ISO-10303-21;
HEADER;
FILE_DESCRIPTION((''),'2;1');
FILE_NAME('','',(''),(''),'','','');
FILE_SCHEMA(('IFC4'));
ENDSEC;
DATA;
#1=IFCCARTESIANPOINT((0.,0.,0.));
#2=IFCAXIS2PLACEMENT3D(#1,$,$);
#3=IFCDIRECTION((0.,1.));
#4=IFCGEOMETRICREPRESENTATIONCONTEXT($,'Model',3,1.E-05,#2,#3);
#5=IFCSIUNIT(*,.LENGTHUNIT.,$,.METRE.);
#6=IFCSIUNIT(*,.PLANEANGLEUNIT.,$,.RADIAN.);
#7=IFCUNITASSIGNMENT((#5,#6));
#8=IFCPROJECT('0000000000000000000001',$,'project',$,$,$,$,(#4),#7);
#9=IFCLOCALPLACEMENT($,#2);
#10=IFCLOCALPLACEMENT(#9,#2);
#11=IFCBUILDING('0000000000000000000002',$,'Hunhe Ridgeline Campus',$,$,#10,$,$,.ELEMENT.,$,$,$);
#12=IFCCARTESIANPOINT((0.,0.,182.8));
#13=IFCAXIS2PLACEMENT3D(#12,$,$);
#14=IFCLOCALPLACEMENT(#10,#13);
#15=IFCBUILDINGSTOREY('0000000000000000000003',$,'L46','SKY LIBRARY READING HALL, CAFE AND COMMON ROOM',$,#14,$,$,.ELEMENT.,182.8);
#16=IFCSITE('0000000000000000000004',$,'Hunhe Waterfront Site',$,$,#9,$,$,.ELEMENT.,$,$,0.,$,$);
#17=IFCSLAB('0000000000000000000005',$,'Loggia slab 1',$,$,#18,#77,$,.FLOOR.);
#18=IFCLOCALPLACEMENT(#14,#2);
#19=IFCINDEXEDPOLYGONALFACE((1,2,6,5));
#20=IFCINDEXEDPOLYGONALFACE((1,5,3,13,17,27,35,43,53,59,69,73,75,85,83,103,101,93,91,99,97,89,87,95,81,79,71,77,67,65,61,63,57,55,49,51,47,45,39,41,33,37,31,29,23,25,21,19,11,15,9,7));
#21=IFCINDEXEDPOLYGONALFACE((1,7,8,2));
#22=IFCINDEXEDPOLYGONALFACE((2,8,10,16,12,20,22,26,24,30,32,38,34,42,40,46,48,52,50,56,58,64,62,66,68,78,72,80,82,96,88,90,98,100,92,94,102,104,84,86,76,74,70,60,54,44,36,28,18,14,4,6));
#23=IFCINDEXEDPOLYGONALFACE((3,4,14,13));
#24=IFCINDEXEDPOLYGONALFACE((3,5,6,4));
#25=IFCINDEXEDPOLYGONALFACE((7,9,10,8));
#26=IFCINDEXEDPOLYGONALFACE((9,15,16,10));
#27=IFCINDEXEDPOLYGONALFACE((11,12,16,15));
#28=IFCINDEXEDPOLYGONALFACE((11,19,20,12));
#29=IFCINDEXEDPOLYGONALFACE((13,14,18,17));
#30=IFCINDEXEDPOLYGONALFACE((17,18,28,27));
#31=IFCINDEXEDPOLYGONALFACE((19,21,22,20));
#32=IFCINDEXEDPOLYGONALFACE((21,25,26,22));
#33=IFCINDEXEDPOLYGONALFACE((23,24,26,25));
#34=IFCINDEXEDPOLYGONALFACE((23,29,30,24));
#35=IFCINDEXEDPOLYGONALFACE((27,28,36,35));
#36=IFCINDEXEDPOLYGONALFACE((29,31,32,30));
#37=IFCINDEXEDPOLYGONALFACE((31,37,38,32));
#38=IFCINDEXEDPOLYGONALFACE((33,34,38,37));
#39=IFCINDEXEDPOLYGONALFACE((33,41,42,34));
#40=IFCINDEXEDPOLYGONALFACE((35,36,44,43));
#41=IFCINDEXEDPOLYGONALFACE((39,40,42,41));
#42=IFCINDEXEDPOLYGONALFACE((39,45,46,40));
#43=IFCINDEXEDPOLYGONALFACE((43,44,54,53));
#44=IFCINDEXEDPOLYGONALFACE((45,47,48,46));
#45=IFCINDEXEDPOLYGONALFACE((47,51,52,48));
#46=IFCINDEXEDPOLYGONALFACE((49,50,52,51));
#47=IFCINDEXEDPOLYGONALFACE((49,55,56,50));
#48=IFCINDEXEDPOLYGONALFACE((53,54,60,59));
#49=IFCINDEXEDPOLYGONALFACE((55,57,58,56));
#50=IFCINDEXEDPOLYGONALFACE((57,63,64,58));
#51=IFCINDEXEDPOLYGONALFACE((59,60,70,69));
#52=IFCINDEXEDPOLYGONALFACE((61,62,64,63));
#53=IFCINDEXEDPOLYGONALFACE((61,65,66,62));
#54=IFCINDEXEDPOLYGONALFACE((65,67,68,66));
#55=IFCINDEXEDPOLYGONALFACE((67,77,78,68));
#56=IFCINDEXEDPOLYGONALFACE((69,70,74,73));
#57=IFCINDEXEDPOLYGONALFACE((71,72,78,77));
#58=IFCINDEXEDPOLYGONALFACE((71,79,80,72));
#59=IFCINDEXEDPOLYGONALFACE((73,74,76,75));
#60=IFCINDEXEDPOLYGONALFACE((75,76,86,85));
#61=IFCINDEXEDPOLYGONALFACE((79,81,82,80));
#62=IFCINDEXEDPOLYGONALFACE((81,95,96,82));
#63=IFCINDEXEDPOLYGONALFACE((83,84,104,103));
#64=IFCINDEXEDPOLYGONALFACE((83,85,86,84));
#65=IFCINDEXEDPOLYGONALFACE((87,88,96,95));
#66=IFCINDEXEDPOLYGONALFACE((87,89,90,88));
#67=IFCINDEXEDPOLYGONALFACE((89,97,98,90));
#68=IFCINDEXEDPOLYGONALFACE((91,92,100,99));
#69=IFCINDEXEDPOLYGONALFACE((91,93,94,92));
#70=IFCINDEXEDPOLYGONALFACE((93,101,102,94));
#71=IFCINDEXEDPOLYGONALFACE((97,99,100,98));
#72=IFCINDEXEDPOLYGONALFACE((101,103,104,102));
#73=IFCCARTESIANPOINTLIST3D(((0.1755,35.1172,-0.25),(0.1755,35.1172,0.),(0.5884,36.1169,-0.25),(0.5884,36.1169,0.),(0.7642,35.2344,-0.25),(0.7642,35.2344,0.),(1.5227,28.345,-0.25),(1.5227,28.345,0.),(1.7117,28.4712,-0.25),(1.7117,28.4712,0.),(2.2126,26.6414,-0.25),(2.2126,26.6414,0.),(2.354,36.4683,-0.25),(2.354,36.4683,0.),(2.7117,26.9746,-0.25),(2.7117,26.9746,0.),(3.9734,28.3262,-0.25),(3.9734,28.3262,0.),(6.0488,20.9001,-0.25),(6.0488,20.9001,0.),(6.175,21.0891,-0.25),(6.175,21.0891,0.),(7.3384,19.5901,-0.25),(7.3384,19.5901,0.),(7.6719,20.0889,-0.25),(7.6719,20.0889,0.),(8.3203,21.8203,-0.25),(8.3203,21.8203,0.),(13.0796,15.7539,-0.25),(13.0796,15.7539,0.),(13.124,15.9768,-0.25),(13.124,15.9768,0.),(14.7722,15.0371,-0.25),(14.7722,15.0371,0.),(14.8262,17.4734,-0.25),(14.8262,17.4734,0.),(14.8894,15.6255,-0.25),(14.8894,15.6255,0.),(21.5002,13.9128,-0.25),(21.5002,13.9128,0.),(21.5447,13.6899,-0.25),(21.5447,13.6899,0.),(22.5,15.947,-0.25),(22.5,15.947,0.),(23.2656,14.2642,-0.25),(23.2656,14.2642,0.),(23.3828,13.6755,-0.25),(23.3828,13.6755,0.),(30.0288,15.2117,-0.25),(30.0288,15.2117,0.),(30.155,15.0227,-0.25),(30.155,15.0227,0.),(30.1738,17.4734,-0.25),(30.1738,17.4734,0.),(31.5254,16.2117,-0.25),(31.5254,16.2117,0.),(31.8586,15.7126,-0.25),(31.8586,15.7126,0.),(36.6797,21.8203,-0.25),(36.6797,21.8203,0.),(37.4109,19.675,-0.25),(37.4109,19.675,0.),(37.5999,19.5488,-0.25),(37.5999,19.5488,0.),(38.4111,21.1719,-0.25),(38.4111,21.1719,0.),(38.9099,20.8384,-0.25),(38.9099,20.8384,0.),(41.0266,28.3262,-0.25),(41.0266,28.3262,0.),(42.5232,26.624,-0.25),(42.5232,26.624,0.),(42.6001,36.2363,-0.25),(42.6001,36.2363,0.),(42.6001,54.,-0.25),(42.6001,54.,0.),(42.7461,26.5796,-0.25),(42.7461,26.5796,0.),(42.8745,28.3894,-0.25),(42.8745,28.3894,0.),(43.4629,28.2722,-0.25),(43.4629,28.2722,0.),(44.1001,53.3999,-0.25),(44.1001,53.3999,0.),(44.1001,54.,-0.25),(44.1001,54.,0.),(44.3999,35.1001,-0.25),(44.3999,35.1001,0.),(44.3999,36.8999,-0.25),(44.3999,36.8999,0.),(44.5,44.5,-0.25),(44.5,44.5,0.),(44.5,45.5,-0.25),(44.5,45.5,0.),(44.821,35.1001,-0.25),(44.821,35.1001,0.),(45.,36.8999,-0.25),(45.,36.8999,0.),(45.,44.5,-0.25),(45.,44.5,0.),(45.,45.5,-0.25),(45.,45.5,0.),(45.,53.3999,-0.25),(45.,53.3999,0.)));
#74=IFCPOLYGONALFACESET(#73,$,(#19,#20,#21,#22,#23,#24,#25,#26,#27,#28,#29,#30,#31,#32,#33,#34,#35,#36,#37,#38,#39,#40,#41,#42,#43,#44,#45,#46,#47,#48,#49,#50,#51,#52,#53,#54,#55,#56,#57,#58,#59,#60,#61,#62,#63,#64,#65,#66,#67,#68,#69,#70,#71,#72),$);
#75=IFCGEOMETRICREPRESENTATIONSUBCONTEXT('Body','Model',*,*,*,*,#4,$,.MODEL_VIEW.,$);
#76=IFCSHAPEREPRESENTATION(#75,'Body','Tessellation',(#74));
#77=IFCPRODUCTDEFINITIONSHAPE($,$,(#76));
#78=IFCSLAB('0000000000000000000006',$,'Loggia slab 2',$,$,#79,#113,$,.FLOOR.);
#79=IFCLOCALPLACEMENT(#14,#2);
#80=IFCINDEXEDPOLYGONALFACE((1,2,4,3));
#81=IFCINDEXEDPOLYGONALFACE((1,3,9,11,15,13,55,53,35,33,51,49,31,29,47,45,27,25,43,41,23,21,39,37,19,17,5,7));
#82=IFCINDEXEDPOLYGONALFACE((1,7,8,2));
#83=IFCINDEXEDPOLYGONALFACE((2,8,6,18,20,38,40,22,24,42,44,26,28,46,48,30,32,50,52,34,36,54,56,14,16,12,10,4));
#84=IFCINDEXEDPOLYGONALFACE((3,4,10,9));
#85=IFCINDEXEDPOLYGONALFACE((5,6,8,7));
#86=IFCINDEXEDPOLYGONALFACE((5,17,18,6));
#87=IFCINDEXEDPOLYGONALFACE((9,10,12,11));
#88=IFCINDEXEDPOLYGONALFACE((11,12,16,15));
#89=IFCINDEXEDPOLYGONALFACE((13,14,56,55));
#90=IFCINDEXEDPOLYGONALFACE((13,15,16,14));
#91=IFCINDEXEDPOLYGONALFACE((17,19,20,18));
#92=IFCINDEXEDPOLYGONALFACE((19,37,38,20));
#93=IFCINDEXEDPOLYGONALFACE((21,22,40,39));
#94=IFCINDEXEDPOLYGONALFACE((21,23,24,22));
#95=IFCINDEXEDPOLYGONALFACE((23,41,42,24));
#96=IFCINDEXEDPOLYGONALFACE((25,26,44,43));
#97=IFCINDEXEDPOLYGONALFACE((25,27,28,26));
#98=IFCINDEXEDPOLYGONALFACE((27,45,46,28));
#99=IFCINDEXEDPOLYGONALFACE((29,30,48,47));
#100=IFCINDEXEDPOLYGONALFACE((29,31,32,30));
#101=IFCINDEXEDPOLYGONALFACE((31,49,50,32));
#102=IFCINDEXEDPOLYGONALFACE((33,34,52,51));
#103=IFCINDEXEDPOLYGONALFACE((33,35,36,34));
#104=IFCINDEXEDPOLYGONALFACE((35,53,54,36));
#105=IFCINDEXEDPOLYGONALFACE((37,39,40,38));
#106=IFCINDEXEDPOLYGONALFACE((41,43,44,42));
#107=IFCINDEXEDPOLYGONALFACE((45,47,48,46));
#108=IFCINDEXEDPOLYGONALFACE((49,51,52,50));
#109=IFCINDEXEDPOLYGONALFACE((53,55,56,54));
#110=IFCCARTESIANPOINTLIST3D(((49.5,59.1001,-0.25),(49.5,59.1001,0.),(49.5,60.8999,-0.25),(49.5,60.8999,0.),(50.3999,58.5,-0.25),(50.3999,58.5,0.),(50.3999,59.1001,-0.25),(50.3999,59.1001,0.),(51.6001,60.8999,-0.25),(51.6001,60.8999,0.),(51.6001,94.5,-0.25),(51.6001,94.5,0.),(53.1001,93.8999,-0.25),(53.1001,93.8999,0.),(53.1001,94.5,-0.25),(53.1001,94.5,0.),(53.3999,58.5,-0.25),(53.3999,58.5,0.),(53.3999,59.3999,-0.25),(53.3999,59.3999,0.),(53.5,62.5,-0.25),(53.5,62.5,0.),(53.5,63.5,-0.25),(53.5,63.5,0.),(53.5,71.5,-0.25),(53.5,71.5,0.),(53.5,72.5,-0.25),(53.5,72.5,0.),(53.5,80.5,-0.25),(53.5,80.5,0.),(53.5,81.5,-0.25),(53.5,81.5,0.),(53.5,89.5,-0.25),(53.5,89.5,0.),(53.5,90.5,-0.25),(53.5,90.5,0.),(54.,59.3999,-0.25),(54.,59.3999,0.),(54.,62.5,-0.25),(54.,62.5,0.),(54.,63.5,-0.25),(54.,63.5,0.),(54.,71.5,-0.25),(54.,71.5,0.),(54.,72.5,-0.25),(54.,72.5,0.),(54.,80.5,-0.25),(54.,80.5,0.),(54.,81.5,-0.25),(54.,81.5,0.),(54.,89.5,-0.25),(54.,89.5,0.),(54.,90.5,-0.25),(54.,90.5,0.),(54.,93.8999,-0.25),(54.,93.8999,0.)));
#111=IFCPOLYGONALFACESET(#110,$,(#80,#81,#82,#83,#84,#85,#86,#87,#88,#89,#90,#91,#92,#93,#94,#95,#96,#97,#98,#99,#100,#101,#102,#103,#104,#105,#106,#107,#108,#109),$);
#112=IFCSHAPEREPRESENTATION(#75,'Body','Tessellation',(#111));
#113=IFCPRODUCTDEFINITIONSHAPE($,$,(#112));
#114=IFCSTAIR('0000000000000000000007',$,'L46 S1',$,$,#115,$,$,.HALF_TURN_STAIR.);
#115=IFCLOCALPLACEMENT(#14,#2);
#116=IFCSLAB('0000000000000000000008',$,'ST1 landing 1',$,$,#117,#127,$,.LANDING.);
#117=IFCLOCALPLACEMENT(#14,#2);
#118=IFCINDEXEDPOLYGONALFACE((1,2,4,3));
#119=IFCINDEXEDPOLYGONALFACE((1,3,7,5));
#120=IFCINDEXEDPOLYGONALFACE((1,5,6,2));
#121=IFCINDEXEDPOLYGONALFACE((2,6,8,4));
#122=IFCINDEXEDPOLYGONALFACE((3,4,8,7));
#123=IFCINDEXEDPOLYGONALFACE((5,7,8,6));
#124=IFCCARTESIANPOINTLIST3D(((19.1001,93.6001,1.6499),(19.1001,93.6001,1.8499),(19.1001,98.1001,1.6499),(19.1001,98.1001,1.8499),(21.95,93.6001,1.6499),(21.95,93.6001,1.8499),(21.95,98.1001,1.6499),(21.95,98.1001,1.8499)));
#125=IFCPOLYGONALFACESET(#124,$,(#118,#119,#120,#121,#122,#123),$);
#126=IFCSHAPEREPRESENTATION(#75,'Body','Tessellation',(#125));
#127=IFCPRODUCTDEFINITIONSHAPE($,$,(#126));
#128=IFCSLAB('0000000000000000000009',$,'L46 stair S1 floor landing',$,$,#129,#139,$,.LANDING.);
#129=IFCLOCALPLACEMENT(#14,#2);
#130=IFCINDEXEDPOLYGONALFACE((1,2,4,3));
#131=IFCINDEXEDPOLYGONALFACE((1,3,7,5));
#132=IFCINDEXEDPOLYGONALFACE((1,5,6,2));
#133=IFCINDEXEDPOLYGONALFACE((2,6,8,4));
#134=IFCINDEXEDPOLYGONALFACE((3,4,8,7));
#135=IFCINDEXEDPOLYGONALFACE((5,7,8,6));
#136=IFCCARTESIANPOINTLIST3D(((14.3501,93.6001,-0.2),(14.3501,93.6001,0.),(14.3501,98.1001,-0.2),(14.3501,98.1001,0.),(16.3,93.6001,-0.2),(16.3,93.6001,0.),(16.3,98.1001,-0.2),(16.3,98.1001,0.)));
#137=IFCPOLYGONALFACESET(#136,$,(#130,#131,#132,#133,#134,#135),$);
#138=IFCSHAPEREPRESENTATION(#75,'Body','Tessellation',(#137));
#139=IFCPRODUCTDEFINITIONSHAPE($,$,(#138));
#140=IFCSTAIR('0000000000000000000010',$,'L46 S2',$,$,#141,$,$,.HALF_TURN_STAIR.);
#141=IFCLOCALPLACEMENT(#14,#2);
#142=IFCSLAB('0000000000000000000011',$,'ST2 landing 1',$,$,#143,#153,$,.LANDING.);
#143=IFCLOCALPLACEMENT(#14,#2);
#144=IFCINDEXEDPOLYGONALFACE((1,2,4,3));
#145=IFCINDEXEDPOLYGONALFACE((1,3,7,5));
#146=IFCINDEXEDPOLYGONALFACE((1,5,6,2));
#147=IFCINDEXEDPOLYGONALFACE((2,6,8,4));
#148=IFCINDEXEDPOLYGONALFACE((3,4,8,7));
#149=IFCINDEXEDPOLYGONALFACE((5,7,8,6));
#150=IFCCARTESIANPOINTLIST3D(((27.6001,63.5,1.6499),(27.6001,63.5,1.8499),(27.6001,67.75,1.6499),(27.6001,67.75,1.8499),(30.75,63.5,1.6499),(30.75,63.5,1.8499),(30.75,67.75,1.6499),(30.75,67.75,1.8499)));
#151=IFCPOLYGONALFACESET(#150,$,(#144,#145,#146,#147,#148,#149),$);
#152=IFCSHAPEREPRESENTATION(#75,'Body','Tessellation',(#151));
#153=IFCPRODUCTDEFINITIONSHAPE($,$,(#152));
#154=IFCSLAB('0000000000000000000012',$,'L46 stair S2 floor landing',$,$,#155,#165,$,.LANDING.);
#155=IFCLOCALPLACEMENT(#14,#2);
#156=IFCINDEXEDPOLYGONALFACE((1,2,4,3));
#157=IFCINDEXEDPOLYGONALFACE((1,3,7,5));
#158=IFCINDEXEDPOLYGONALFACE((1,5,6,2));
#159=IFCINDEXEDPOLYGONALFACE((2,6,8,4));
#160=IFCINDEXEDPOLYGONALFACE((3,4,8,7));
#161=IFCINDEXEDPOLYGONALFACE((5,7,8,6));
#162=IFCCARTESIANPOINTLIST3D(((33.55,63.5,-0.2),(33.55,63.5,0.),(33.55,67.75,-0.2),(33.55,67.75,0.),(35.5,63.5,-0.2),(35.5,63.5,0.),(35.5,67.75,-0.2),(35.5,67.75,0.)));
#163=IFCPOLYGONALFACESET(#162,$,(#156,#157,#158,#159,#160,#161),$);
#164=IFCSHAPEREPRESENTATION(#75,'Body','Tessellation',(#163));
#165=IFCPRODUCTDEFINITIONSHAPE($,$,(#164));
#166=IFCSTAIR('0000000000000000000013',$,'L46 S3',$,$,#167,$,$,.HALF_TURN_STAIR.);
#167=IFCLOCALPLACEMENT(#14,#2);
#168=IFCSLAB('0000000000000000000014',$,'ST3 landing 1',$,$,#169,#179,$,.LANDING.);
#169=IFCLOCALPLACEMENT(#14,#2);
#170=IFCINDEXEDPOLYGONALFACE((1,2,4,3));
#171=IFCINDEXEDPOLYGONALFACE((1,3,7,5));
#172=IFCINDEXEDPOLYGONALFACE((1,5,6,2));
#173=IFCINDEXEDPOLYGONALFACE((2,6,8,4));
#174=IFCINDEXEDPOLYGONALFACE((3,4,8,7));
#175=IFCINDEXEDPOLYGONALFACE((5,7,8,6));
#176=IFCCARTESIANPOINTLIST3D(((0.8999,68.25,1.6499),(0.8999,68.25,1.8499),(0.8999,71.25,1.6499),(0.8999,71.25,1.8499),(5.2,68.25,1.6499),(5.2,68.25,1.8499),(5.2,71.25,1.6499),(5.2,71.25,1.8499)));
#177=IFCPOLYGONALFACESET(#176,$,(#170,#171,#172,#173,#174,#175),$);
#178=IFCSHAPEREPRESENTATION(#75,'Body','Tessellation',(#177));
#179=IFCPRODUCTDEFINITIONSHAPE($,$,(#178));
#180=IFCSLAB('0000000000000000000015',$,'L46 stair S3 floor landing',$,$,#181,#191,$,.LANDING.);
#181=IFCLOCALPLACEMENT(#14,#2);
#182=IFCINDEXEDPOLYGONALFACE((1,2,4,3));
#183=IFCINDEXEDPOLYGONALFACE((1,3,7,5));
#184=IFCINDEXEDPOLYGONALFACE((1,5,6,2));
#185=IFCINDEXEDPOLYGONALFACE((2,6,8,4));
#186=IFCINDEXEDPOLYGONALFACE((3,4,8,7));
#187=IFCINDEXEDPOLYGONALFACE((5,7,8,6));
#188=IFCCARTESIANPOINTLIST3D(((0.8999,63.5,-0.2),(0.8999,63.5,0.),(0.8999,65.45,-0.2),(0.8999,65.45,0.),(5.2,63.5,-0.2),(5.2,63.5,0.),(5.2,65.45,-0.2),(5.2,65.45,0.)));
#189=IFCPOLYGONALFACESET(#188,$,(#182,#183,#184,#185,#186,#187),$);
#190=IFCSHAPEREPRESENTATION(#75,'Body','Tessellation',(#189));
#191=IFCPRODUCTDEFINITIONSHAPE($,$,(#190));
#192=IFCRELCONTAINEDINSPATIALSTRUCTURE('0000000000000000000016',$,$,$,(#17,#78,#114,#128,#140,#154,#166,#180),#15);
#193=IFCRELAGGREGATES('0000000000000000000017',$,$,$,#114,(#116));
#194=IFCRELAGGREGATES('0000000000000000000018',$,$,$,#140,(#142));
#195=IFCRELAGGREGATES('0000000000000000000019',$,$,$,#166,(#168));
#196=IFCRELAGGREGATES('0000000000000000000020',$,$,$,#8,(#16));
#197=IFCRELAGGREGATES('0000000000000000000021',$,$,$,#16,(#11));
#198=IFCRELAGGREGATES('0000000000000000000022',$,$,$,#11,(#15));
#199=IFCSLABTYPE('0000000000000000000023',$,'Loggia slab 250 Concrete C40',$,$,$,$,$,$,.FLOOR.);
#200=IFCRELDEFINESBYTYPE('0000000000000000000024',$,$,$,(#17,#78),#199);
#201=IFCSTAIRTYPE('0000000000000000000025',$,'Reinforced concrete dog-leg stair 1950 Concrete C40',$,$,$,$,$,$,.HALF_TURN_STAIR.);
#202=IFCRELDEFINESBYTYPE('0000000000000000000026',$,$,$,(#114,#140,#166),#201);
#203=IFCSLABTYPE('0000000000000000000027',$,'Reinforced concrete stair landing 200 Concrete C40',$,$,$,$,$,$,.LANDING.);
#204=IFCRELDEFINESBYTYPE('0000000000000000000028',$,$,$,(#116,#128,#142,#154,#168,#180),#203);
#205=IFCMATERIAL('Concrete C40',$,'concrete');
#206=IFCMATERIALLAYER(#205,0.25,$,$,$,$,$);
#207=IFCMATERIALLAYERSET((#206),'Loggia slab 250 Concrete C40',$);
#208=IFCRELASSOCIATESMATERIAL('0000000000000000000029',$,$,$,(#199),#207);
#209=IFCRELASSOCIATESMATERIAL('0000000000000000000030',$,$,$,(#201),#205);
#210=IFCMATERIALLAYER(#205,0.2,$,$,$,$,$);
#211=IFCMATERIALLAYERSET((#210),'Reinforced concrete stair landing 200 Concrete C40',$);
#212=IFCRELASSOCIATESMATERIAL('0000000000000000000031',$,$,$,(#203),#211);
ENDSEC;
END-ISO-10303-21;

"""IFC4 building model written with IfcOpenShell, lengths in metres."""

from ifc_helpers import new_model, si_unit, direction, frame, origin, place, context, subcontext, project, spatial, polyline, outline, extrude, material, layer, layer_set, type_object, element, aggregate, save


model = new_model("IFC4")

# Units and contexts
model_context = context("Model", 3, precision=1e-05, world=origin(), true_north=direction((0.0, 1.0)))
body_context = subcontext(model_context, "Body", "Model", "MODEL_VIEW")
ifc_project = project(units=[si_unit("LENGTHUNIT", "METRE"), si_unit("PLANEANGLEUNIT", "RADIAN")], contexts=[model_context])

# Site, building, storey
site_placement = place(None, origin())
site = spatial("IfcSite", under=ifc_project, at=site_placement, Name="Hunhe Waterfront Site", CompositionType="ELEMENT", RefElevation=0.0)
building_placement = place(site_placement, origin())
building = spatial("IfcBuilding", under=site, at=building_placement, Name="Hunhe Ridgeline Campus", CompositionType="ELEMENT")
storey_placement = place(building_placement, frame((0.0, 0.0, 182.8)))
storey = spatial("IfcBuildingStorey", under=building, at=storey_placement, Name="L46", Description="SKY LIBRARY READING HALL, CAFE AND COMMON ROOM", CompositionType="ELEMENT", Elevation=182.8)

# Slabs
ifc_material_1 = material(Name="Concrete C40", Category="concrete")
ifc_layer_1 = layer(ifc_material_1, 0.25)
ifc_layer_set_1 = layer_set([ifc_layer_1], Name="Loggia slab 250 Concrete C40")
slab_type_1 = type_object("IfcSlabType", Name="Loggia slab 250 Concrete C40", PredefinedType="FLOOR", material=ifc_layer_set_1)
slab_1_placement = place(storey_placement, frame((0.0, 0.0, -0.25)))
element("IfcSlab", 1, at=slab_1_placement, inside=storey, type_object=slab_type_1, Name="Loggia slab 1", PredefinedType="FLOOR", context=body_context, shape_type="SweptSolid", body=[
    extrude(outline(polyline([(30.1738, 17.4734), (22.5, 15.947), (14.8262, 17.4734), (8.3203, 21.8203), (3.9734, 28.3262), (2.354, 36.4683), (0.5884, 36.1169), (0.7642, 35.2344), (0.1755, 35.1172), (1.5227, 28.345), (1.7117, 28.4712), (2.7117, 26.9746), (2.2126, 26.6414), (6.0488, 20.9001), (6.175, 21.0891), (7.6719, 20.0889), (7.3384, 19.5901), (13.0796, 15.7539), (13.124, 15.9768), (14.8894, 15.6255), (14.7722, 15.0371), (21.5447, 13.6899), (21.5002, 13.9128), (23.2656, 14.2642), (23.3828, 13.6755), (30.155, 15.0227), (30.0288, 15.2117), (31.5254, 16.2117), (31.8586, 15.7126), (37.5999, 19.5488), (37.4109, 19.675), (38.4111, 21.1719), (38.9099, 20.8384), (42.7461, 26.5796), (42.5232, 26.624), (42.8745, 28.3894), (43.4629, 28.2722), (44.821, 35.1001), (44.3999, 35.1001), (44.3999, 36.8999), (45.0, 36.8999), (45.0, 44.5), (44.5, 44.5), (44.5, 45.5), (45.0, 45.5), (45.0, 53.3999), (44.1001, 53.3999), (44.1001, 54.0), (42.6001, 54.0), (42.6001, 36.2363), (41.0266, 28.3262), (36.6797, 21.8203), (30.1738, 17.4734)])), origin(), (0.0, 0.0, 1.0), 0.25),
])
slab_2_placement = place(storey_placement, frame((0.0, 0.0, -0.25)))
element("IfcSlab", 2, at=slab_2_placement, inside=storey, type_object=slab_type_1, Name="Loggia slab 2", PredefinedType="FLOOR", context=body_context, shape_type="SweptSolid", body=[
    extrude(outline(polyline([(49.5, 59.1001), (50.3999, 59.1001), (50.3999, 58.5), (53.3999, 58.5), (53.3999, 59.3999), (54.0, 59.3999), (54.0, 62.5), (53.5, 62.5), (53.5, 63.5), (54.0, 63.5), (54.0, 71.5), (53.5, 71.5), (53.5, 72.5), (54.0, 72.5), (54.0, 80.5), (53.5, 80.5), (53.5, 81.5), (54.0, 81.5), (54.0, 89.5), (53.5, 89.5), (53.5, 90.5), (54.0, 90.5), (54.0, 93.8999), (53.1001, 93.8999), (53.1001, 94.5), (51.6001, 94.5), (51.6001, 60.8999), (49.5, 60.8999), (49.5, 59.1001)])), origin(), (0.0, 0.0, 1.0), 0.25),
])

# Stair, slab
stair_type = type_object("IfcStairType", Name="Reinforced concrete dog-leg stair 1950 Concrete C40", PredefinedType="HALF_TURN_STAIR", material=ifc_material_1)
stair_1_placement = place(storey_placement, origin())
stair_1 = element("IfcStair", 3, at=stair_1_placement, inside=storey, type_object=stair_type, Name="L46 S1", PredefinedType="HALF_TURN_STAIR")
ifc_layer_2 = layer(ifc_material_1, 0.2)
ifc_layer_set_2 = layer_set([ifc_layer_2], Name="Reinforced concrete stair landing 200 Concrete C40")
slab_type_2 = type_object("IfcSlabType", Name="Reinforced concrete stair landing 200 Concrete C40", PredefinedType="LANDING", material=ifc_layer_set_2)
slab_3_placement = place(storey_placement, frame((0.0, 0.0, 1.6499)))
slab_3 = element("IfcSlab", 4, at=slab_3_placement, type_object=slab_type_2, Name="ST1 landing 1", PredefinedType="LANDING", context=body_context, shape_type="SweptSolid", body=[
    extrude(outline(polyline([(19.1001, 93.6001), (21.95, 93.6001), (21.95, 98.1001), (19.1001, 98.1001), (19.1001, 93.6001)])), origin(), (0.0, 0.0, 1.0), 0.2),
])
aggregate(stair_1, [slab_3])

# Slab
slab_4_placement = place(storey_placement, frame((0.0, 0.0, -0.2)))
element("IfcSlab", 5, at=slab_4_placement, inside=storey, type_object=slab_type_2, Name="L46 stair S1 floor landing", PredefinedType="LANDING", context=body_context, shape_type="SweptSolid", body=[
    extrude(outline(polyline([(14.3501, 93.6001), (16.3, 93.6001), (16.3, 98.1001), (14.3501, 98.1001), (14.3501, 93.6001)])), origin(), (0.0, 0.0, 1.0), 0.2),
])

# Stair, slab
stair_2_placement = place(storey_placement, origin())
stair_2 = element("IfcStair", 6, at=stair_2_placement, inside=storey, type_object=stair_type, Name="L46 S2", PredefinedType="HALF_TURN_STAIR")
slab_5_placement = place(storey_placement, frame((0.0, 0.0, 1.6499)))
slab_5 = element("IfcSlab", 7, at=slab_5_placement, type_object=slab_type_2, Name="ST2 landing 1", PredefinedType="LANDING", context=body_context, shape_type="SweptSolid", body=[
    extrude(outline(polyline([(30.75, 67.75), (27.6001, 67.75), (27.6001, 63.5), (30.75, 63.5), (30.75, 67.75)])), origin(), (0.0, 0.0, 1.0), 0.2),
])
aggregate(stair_2, [slab_5])

# Slab
slab_6_placement = place(storey_placement, frame((0.0, 0.0, -0.2)))
element("IfcSlab", 8, at=slab_6_placement, inside=storey, type_object=slab_type_2, Name="L46 stair S2 floor landing", PredefinedType="LANDING", context=body_context, shape_type="SweptSolid", body=[
    extrude(outline(polyline([(35.5, 67.75), (33.55, 67.75), (33.55, 63.5), (35.5, 63.5), (35.5, 67.75)])), origin(), (0.0, 0.0, 1.0), 0.2),
])

# Stair, slab
stair_3_placement = place(storey_placement, origin())
stair_3 = element("IfcStair", 9, at=stair_3_placement, inside=storey, type_object=stair_type, Name="L46 S3", PredefinedType="HALF_TURN_STAIR")
slab_7_placement = place(storey_placement, frame((0.0, 0.0, 1.6499)))
slab_7 = element("IfcSlab", 10, at=slab_7_placement, type_object=slab_type_2, Name="ST3 landing 1", PredefinedType="LANDING", context=body_context, shape_type="SweptSolid", body=[
    extrude(outline(polyline([(5.2, 68.25), (5.2, 71.25), (0.8999, 71.25), (0.8999, 68.25), (5.2, 68.25)])), origin(), (0.0, 0.0, 1.0), 0.2),
])
aggregate(stair_3, [slab_7])

# Slab
slab_8_placement = place(storey_placement, frame((0.0, 0.0, -0.2)))
element("IfcSlab", 11, at=slab_8_placement, inside=storey, type_object=slab_type_2, Name="L46 stair S3 floor landing", PredefinedType="LANDING", context=body_context, shape_type="SweptSolid", body=[
    extrude(outline(polyline([(5.2, 63.5), (5.2, 65.45), (0.8999, 65.45), (0.8999, 63.5), (5.2, 63.5)])), origin(), (0.0, 0.0, 1.0), 0.2),
])

save(model, "model.ifc")
